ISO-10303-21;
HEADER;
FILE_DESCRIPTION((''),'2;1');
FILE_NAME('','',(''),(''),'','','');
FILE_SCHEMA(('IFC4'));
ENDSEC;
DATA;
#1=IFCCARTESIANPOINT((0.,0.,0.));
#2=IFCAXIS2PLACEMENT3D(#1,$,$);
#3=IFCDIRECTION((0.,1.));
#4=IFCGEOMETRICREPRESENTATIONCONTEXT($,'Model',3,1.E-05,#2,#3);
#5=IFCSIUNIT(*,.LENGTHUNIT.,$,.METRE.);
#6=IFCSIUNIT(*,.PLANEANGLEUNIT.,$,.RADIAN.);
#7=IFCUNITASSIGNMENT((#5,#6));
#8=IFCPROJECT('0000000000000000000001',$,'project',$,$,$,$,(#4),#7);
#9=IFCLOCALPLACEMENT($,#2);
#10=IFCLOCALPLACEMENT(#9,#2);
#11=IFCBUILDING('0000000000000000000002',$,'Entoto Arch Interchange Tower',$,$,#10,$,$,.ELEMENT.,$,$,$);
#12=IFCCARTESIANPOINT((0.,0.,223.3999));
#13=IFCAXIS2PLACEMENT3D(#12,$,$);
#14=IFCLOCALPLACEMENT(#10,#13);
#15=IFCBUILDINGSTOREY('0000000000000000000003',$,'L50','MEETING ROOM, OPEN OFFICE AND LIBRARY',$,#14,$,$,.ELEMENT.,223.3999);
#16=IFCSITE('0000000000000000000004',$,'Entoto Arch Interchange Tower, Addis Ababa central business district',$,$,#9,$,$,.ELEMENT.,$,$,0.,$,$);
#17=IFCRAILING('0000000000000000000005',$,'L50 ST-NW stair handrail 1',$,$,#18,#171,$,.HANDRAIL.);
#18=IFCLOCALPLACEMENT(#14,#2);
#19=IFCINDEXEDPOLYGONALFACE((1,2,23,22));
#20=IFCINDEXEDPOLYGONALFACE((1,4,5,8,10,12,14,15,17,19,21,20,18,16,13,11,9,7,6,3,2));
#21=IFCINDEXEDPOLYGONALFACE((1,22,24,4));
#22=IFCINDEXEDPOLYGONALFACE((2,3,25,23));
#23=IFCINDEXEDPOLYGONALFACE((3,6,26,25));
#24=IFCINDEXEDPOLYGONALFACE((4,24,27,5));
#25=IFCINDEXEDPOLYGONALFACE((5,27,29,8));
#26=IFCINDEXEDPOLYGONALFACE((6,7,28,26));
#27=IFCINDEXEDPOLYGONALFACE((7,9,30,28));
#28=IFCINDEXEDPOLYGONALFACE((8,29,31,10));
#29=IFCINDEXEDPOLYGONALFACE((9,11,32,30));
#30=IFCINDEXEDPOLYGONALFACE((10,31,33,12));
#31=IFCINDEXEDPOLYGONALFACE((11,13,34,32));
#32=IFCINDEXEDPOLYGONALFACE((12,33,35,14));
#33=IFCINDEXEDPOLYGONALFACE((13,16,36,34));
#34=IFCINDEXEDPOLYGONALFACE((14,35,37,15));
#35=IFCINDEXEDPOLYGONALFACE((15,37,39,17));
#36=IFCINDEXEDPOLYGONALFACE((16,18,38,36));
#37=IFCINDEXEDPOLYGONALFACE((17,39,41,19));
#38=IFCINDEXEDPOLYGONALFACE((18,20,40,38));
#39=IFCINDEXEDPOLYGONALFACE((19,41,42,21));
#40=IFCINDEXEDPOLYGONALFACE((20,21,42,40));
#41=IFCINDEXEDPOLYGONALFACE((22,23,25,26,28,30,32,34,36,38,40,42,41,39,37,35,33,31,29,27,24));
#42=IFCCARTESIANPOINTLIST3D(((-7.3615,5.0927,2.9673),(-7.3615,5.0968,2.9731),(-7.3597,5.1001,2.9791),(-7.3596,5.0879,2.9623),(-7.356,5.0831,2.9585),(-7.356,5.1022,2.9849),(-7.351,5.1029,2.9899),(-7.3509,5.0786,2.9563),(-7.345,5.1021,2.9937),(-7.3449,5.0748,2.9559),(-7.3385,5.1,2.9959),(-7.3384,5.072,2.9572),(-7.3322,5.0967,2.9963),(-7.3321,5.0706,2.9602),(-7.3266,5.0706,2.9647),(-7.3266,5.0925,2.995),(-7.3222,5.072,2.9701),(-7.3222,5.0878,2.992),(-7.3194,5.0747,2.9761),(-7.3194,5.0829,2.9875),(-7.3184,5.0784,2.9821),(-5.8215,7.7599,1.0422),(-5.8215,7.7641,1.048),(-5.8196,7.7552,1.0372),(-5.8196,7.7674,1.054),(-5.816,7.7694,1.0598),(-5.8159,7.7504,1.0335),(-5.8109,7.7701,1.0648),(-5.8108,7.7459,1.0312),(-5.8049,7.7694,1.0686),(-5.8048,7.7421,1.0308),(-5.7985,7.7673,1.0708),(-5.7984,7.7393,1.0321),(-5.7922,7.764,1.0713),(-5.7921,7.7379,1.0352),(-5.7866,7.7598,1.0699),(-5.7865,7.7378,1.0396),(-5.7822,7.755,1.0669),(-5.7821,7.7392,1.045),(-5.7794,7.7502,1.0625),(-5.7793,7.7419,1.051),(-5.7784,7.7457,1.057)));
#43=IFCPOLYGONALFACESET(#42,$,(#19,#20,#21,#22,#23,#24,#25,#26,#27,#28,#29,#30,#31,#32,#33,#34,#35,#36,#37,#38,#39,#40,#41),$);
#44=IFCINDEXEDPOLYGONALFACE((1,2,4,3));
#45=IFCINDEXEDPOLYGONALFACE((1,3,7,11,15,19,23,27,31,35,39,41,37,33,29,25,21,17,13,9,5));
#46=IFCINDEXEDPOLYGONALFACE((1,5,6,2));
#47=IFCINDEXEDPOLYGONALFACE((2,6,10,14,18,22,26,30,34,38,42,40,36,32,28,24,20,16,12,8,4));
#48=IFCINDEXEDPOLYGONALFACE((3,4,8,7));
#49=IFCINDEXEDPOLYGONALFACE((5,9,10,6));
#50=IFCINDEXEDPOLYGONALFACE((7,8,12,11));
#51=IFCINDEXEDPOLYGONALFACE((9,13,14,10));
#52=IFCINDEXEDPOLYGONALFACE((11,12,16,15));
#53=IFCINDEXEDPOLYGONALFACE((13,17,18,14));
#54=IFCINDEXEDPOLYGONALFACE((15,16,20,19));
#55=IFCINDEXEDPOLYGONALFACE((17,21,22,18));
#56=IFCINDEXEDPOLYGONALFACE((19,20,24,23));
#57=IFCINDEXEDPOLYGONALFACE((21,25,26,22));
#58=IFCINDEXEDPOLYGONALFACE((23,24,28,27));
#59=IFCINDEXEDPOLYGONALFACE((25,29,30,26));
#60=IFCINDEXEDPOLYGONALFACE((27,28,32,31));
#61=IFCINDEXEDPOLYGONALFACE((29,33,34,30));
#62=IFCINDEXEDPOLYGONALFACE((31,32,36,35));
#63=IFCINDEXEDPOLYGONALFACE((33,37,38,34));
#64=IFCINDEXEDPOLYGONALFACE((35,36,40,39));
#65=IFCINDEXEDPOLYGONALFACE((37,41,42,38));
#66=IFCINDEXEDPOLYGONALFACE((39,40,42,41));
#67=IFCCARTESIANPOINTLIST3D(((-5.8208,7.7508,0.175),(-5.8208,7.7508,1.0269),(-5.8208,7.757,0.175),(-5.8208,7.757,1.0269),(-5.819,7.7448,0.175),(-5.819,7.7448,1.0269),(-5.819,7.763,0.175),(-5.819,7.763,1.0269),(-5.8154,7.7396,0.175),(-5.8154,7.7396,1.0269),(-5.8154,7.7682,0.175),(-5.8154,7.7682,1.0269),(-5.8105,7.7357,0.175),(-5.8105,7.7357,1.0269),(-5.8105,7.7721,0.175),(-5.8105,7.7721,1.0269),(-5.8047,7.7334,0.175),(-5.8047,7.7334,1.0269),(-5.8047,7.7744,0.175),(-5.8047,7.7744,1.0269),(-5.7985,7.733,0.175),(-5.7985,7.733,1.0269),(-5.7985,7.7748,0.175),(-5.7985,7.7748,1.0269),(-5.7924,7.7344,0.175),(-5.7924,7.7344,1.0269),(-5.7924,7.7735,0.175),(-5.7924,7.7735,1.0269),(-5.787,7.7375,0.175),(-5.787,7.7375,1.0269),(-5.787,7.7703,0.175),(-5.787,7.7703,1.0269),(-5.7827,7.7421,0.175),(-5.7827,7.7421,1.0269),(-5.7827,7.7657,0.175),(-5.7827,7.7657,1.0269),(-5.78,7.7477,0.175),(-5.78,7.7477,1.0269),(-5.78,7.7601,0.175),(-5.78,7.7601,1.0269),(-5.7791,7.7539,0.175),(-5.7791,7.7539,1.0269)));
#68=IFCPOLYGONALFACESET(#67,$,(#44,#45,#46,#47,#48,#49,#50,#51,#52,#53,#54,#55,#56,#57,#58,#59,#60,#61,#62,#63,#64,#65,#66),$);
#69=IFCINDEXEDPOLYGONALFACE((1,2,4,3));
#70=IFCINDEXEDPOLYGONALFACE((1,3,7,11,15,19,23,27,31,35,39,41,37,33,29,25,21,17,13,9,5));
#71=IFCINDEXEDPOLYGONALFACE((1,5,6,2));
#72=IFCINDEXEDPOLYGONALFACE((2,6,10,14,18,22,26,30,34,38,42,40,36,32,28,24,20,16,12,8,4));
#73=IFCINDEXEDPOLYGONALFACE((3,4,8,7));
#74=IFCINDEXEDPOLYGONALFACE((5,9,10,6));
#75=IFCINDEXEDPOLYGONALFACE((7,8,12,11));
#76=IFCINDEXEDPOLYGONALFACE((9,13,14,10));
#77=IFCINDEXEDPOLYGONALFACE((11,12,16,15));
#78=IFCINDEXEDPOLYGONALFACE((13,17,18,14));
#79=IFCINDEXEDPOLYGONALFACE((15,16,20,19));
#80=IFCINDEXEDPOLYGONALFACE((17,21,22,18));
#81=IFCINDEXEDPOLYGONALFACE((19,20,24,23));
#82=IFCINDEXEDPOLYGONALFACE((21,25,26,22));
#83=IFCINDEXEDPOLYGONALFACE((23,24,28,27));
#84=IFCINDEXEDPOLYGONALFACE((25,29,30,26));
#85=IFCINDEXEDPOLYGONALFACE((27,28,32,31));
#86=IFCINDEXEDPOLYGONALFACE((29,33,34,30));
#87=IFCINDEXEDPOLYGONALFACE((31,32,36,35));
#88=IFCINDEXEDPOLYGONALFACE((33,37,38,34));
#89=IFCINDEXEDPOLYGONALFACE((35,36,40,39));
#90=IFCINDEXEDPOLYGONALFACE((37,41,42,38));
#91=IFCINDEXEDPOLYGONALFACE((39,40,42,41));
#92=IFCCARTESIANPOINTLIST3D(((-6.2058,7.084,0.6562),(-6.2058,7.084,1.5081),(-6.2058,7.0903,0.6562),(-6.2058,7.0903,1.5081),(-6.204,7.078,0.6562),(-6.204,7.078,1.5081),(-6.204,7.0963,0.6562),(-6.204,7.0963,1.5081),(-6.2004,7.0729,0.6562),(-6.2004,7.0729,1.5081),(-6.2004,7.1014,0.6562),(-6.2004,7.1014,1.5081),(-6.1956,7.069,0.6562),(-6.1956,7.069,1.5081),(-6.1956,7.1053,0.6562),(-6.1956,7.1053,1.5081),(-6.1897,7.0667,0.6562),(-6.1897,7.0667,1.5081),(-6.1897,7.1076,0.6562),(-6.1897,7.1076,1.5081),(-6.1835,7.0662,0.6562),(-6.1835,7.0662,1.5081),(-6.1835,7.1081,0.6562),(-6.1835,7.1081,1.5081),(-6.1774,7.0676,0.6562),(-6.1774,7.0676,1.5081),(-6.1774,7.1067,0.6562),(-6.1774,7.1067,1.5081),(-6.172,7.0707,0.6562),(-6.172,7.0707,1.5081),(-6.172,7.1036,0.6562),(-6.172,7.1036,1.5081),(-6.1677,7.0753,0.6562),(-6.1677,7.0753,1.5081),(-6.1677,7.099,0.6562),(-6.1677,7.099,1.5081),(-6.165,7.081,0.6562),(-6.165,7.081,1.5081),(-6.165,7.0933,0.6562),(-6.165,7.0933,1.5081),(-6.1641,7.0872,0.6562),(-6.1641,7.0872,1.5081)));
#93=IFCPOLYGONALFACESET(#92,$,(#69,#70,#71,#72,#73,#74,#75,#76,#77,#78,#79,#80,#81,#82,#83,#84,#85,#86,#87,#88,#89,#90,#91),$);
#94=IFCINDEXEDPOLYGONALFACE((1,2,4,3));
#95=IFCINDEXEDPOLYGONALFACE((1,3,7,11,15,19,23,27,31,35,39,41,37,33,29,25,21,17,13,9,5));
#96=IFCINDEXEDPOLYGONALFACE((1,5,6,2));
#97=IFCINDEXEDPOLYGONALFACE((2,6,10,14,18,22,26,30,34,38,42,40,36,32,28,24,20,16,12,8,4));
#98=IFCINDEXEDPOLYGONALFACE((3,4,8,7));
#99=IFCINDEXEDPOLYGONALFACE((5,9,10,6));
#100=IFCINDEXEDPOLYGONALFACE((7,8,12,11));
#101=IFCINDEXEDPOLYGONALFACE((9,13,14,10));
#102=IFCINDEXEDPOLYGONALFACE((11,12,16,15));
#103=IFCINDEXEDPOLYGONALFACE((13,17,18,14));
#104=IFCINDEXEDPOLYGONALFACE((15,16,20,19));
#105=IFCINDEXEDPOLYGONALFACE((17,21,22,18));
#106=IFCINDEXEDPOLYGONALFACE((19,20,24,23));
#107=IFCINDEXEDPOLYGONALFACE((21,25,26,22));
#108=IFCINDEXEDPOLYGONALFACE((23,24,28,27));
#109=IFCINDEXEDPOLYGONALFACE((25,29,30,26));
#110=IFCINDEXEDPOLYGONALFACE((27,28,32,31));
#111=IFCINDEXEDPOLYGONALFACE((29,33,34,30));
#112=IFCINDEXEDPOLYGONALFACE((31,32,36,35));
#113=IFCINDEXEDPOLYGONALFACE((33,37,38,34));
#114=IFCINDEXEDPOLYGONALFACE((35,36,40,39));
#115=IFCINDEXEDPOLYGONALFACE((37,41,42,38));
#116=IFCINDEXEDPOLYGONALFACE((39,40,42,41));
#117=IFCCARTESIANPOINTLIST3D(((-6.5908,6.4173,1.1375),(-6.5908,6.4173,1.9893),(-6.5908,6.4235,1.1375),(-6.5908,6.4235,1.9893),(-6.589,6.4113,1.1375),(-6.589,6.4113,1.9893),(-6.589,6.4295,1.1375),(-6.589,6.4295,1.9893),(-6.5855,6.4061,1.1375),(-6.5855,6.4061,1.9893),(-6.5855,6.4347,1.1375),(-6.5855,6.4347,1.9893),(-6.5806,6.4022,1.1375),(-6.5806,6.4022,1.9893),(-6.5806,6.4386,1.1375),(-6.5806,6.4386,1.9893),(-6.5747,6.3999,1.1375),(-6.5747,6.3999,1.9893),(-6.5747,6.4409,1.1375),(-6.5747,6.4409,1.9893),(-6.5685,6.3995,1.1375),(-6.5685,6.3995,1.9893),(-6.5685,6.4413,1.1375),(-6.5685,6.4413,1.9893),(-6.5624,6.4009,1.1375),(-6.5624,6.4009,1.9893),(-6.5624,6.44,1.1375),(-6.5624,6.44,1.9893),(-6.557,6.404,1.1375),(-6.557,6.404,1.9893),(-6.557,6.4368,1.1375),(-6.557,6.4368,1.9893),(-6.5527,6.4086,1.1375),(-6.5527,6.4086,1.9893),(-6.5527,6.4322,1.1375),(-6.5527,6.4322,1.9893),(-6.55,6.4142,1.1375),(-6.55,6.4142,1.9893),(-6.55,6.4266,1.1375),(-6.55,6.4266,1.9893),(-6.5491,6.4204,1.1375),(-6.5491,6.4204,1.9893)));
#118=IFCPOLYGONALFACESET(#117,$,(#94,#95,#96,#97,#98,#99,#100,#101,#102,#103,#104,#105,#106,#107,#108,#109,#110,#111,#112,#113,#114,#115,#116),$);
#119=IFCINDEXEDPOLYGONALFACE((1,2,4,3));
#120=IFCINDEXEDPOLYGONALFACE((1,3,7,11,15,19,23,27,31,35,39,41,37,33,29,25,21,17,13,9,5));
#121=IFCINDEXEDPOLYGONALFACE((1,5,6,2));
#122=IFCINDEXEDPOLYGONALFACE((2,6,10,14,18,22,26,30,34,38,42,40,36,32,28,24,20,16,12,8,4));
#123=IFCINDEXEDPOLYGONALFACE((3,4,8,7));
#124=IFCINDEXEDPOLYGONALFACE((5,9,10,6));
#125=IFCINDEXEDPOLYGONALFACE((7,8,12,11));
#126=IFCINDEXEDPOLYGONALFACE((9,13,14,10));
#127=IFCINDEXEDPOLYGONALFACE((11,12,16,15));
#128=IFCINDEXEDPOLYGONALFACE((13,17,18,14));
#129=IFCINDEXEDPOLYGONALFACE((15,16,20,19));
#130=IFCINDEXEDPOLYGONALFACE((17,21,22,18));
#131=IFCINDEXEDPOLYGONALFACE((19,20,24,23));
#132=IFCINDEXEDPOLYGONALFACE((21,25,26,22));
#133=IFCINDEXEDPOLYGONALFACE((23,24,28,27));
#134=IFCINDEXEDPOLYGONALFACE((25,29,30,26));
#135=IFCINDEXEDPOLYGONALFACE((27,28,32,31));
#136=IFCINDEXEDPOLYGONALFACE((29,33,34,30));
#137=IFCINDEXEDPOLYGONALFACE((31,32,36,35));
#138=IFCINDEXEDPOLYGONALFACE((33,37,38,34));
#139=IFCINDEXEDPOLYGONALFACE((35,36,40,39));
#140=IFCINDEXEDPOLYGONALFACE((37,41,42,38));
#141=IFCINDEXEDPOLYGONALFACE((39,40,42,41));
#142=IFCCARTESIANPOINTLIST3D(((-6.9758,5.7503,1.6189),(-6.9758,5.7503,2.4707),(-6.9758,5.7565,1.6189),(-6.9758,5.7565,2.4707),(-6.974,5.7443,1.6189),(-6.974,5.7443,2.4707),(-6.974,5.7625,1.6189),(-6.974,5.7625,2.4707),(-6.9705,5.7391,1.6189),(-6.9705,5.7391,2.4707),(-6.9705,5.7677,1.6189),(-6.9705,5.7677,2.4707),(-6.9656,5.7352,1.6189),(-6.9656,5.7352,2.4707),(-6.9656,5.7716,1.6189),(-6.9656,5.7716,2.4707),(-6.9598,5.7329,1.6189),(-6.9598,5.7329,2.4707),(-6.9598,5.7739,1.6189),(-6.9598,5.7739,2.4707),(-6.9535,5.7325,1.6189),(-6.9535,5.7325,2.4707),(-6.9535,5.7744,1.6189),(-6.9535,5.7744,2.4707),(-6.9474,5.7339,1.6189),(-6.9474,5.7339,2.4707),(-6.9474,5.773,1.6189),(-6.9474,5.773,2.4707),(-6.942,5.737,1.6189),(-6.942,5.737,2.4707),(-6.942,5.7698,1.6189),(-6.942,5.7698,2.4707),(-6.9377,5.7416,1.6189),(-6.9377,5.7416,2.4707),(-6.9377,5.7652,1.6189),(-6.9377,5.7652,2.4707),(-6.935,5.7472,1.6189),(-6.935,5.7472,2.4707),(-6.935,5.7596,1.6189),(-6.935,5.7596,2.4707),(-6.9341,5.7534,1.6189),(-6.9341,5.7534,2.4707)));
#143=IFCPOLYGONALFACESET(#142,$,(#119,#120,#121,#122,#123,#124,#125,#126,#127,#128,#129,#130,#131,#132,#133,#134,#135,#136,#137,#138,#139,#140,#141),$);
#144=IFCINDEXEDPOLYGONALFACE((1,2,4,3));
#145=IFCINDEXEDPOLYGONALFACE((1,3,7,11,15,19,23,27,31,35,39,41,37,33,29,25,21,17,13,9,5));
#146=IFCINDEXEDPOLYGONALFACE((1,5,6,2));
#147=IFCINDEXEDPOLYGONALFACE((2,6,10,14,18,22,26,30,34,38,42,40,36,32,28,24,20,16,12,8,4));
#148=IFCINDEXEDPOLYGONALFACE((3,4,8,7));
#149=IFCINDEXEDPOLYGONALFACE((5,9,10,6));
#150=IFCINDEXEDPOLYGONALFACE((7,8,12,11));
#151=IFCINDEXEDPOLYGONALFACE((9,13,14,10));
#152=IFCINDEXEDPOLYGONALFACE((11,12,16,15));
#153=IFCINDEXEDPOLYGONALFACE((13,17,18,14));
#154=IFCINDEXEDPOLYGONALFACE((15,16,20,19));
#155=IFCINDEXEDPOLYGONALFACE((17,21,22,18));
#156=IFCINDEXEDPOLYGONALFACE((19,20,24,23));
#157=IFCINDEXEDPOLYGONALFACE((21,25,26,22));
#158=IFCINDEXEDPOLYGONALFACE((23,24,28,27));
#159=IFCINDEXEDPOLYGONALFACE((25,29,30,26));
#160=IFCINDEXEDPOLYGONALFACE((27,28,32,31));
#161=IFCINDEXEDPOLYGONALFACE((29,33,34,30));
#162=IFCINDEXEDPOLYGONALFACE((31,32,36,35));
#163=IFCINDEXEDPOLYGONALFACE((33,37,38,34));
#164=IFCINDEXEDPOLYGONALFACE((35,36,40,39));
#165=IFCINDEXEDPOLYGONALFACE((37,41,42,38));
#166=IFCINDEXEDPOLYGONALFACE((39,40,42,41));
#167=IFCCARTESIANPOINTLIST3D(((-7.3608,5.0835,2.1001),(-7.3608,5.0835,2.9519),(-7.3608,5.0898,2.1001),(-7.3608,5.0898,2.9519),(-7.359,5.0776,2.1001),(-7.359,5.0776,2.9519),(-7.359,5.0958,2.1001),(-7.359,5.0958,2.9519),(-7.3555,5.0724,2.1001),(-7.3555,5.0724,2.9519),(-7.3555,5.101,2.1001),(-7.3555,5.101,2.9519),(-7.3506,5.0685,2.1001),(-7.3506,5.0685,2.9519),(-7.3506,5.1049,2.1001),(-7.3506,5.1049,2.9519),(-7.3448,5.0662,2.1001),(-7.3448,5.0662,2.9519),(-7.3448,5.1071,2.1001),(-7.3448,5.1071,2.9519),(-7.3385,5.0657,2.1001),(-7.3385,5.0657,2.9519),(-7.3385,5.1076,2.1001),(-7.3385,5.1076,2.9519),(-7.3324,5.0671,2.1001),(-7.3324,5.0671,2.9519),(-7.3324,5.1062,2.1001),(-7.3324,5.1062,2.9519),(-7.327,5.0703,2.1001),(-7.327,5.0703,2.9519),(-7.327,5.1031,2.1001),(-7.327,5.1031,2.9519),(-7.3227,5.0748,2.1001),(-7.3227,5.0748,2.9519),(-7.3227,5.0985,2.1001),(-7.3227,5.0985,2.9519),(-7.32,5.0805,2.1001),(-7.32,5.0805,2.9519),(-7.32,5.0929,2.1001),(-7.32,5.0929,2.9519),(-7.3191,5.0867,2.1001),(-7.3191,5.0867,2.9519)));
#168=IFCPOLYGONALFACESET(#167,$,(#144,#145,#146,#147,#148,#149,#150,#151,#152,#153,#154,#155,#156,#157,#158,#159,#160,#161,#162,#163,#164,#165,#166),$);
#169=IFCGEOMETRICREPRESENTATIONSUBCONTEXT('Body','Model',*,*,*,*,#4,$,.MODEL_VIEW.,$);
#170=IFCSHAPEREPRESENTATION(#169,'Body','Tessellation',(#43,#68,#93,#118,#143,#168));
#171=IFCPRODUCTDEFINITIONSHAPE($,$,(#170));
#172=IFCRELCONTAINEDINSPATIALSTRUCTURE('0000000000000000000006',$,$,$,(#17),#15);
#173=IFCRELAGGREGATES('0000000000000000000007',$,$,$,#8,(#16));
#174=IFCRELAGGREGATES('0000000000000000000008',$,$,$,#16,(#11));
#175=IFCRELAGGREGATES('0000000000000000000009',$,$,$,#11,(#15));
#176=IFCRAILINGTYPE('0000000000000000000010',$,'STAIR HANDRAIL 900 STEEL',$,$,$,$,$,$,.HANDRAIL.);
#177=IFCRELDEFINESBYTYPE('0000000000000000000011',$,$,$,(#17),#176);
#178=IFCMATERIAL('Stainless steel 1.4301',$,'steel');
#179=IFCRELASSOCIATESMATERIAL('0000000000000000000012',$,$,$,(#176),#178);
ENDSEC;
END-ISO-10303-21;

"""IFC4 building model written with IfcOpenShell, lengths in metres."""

from ifc_helpers import new_model, si_unit, direction, frame, origin, origin_2d, place, context, subcontext, project, spatial, circle, extrude, material, type_object, element, save


model = new_model("IFC4")

# Units and contexts
model_context = context("Model", 3, precision=1e-05, world=origin(), true_north=direction((0.0, 1.0)))
body_context = subcontext(model_context, "Body", "Model", "MODEL_VIEW")
ifc_project = project(units=[si_unit("LENGTHUNIT", "METRE"), si_unit("PLANEANGLEUNIT", "RADIAN")], contexts=[model_context])

# Site, building, storey
site_placement = place(None, origin())
site = spatial("IfcSite", under=ifc_project, at=site_placement, Name="Entoto Arch Interchange Tower, Addis Ababa central business district", CompositionType="ELEMENT", RefElevation=0.0)
building_placement = place(site_placement, origin())
building = spatial("IfcBuilding", under=site, at=building_placement, Name="Entoto Arch Interchange Tower", CompositionType="ELEMENT")
storey_placement = place(building_placement, frame((0.0, 0.0, 223.3999)))
storey = spatial("IfcBuildingStorey", under=building, at=storey_placement, Name="L50", Description="MEETING ROOM, OPEN OFFICE AND LIBRARY", CompositionType="ELEMENT", Elevation=223.3999)

# Railing
ifc_material_1 = material(Name="Stainless steel 1.4301", Category="steel")
railing_type_1 = type_object("IfcRailingType", Name="STAIR HANDRAIL 900 STEEL", PredefinedType="HANDRAIL", material=ifc_material_1)
railing_1_placement = place(storey_placement, frame((-5.8, 7.7539, 0.175)))
element("IfcRailing", 1, at=railing_1_placement, inside=storey, type_object=railing_type_1, Name="L50 ST-NW stair handrail 1", PredefinedType="HANDRAIL", context=body_context, shape_type="SweptSolid", body=[
    extrude(circle(Radius=0.0239, at=origin_2d()), frame((0.0, 0.0, 0.876), z_axis=(-0.424015, -0.734364, 0.530019), x_axis=(0.86601, -0.500027, 0.0)), (0.0, 0.0, 1.0), 3.6321),
    extrude(circle(Radius=0.021, at=origin_2d()), origin(), (0.0, 0.0, 1.0), 0.8518),
    extrude(circle(Radius=0.021, at=origin_2d()), frame((-0.385, -0.6667, 0.4812)), (0.0, 0.0, 1.0), 0.8518),
    extrude(circle(Radius=0.021, at=origin_2d()), frame((-0.77, -1.3335, 0.9624)), (0.0, 0.0, 1.0), 0.8518),
    extrude(circle(Radius=0.021, at=origin_2d()), frame((-1.155, -2.0005, 1.4438)), (0.0, 0.0, 1.0), 0.8518),
    extrude(circle(Radius=0.021, at=origin_2d()), frame((-1.54, -2.6672, 1.925)), (0.0, 0.0, 1.0), 0.8518),
])

save(model, "model.ifc")
